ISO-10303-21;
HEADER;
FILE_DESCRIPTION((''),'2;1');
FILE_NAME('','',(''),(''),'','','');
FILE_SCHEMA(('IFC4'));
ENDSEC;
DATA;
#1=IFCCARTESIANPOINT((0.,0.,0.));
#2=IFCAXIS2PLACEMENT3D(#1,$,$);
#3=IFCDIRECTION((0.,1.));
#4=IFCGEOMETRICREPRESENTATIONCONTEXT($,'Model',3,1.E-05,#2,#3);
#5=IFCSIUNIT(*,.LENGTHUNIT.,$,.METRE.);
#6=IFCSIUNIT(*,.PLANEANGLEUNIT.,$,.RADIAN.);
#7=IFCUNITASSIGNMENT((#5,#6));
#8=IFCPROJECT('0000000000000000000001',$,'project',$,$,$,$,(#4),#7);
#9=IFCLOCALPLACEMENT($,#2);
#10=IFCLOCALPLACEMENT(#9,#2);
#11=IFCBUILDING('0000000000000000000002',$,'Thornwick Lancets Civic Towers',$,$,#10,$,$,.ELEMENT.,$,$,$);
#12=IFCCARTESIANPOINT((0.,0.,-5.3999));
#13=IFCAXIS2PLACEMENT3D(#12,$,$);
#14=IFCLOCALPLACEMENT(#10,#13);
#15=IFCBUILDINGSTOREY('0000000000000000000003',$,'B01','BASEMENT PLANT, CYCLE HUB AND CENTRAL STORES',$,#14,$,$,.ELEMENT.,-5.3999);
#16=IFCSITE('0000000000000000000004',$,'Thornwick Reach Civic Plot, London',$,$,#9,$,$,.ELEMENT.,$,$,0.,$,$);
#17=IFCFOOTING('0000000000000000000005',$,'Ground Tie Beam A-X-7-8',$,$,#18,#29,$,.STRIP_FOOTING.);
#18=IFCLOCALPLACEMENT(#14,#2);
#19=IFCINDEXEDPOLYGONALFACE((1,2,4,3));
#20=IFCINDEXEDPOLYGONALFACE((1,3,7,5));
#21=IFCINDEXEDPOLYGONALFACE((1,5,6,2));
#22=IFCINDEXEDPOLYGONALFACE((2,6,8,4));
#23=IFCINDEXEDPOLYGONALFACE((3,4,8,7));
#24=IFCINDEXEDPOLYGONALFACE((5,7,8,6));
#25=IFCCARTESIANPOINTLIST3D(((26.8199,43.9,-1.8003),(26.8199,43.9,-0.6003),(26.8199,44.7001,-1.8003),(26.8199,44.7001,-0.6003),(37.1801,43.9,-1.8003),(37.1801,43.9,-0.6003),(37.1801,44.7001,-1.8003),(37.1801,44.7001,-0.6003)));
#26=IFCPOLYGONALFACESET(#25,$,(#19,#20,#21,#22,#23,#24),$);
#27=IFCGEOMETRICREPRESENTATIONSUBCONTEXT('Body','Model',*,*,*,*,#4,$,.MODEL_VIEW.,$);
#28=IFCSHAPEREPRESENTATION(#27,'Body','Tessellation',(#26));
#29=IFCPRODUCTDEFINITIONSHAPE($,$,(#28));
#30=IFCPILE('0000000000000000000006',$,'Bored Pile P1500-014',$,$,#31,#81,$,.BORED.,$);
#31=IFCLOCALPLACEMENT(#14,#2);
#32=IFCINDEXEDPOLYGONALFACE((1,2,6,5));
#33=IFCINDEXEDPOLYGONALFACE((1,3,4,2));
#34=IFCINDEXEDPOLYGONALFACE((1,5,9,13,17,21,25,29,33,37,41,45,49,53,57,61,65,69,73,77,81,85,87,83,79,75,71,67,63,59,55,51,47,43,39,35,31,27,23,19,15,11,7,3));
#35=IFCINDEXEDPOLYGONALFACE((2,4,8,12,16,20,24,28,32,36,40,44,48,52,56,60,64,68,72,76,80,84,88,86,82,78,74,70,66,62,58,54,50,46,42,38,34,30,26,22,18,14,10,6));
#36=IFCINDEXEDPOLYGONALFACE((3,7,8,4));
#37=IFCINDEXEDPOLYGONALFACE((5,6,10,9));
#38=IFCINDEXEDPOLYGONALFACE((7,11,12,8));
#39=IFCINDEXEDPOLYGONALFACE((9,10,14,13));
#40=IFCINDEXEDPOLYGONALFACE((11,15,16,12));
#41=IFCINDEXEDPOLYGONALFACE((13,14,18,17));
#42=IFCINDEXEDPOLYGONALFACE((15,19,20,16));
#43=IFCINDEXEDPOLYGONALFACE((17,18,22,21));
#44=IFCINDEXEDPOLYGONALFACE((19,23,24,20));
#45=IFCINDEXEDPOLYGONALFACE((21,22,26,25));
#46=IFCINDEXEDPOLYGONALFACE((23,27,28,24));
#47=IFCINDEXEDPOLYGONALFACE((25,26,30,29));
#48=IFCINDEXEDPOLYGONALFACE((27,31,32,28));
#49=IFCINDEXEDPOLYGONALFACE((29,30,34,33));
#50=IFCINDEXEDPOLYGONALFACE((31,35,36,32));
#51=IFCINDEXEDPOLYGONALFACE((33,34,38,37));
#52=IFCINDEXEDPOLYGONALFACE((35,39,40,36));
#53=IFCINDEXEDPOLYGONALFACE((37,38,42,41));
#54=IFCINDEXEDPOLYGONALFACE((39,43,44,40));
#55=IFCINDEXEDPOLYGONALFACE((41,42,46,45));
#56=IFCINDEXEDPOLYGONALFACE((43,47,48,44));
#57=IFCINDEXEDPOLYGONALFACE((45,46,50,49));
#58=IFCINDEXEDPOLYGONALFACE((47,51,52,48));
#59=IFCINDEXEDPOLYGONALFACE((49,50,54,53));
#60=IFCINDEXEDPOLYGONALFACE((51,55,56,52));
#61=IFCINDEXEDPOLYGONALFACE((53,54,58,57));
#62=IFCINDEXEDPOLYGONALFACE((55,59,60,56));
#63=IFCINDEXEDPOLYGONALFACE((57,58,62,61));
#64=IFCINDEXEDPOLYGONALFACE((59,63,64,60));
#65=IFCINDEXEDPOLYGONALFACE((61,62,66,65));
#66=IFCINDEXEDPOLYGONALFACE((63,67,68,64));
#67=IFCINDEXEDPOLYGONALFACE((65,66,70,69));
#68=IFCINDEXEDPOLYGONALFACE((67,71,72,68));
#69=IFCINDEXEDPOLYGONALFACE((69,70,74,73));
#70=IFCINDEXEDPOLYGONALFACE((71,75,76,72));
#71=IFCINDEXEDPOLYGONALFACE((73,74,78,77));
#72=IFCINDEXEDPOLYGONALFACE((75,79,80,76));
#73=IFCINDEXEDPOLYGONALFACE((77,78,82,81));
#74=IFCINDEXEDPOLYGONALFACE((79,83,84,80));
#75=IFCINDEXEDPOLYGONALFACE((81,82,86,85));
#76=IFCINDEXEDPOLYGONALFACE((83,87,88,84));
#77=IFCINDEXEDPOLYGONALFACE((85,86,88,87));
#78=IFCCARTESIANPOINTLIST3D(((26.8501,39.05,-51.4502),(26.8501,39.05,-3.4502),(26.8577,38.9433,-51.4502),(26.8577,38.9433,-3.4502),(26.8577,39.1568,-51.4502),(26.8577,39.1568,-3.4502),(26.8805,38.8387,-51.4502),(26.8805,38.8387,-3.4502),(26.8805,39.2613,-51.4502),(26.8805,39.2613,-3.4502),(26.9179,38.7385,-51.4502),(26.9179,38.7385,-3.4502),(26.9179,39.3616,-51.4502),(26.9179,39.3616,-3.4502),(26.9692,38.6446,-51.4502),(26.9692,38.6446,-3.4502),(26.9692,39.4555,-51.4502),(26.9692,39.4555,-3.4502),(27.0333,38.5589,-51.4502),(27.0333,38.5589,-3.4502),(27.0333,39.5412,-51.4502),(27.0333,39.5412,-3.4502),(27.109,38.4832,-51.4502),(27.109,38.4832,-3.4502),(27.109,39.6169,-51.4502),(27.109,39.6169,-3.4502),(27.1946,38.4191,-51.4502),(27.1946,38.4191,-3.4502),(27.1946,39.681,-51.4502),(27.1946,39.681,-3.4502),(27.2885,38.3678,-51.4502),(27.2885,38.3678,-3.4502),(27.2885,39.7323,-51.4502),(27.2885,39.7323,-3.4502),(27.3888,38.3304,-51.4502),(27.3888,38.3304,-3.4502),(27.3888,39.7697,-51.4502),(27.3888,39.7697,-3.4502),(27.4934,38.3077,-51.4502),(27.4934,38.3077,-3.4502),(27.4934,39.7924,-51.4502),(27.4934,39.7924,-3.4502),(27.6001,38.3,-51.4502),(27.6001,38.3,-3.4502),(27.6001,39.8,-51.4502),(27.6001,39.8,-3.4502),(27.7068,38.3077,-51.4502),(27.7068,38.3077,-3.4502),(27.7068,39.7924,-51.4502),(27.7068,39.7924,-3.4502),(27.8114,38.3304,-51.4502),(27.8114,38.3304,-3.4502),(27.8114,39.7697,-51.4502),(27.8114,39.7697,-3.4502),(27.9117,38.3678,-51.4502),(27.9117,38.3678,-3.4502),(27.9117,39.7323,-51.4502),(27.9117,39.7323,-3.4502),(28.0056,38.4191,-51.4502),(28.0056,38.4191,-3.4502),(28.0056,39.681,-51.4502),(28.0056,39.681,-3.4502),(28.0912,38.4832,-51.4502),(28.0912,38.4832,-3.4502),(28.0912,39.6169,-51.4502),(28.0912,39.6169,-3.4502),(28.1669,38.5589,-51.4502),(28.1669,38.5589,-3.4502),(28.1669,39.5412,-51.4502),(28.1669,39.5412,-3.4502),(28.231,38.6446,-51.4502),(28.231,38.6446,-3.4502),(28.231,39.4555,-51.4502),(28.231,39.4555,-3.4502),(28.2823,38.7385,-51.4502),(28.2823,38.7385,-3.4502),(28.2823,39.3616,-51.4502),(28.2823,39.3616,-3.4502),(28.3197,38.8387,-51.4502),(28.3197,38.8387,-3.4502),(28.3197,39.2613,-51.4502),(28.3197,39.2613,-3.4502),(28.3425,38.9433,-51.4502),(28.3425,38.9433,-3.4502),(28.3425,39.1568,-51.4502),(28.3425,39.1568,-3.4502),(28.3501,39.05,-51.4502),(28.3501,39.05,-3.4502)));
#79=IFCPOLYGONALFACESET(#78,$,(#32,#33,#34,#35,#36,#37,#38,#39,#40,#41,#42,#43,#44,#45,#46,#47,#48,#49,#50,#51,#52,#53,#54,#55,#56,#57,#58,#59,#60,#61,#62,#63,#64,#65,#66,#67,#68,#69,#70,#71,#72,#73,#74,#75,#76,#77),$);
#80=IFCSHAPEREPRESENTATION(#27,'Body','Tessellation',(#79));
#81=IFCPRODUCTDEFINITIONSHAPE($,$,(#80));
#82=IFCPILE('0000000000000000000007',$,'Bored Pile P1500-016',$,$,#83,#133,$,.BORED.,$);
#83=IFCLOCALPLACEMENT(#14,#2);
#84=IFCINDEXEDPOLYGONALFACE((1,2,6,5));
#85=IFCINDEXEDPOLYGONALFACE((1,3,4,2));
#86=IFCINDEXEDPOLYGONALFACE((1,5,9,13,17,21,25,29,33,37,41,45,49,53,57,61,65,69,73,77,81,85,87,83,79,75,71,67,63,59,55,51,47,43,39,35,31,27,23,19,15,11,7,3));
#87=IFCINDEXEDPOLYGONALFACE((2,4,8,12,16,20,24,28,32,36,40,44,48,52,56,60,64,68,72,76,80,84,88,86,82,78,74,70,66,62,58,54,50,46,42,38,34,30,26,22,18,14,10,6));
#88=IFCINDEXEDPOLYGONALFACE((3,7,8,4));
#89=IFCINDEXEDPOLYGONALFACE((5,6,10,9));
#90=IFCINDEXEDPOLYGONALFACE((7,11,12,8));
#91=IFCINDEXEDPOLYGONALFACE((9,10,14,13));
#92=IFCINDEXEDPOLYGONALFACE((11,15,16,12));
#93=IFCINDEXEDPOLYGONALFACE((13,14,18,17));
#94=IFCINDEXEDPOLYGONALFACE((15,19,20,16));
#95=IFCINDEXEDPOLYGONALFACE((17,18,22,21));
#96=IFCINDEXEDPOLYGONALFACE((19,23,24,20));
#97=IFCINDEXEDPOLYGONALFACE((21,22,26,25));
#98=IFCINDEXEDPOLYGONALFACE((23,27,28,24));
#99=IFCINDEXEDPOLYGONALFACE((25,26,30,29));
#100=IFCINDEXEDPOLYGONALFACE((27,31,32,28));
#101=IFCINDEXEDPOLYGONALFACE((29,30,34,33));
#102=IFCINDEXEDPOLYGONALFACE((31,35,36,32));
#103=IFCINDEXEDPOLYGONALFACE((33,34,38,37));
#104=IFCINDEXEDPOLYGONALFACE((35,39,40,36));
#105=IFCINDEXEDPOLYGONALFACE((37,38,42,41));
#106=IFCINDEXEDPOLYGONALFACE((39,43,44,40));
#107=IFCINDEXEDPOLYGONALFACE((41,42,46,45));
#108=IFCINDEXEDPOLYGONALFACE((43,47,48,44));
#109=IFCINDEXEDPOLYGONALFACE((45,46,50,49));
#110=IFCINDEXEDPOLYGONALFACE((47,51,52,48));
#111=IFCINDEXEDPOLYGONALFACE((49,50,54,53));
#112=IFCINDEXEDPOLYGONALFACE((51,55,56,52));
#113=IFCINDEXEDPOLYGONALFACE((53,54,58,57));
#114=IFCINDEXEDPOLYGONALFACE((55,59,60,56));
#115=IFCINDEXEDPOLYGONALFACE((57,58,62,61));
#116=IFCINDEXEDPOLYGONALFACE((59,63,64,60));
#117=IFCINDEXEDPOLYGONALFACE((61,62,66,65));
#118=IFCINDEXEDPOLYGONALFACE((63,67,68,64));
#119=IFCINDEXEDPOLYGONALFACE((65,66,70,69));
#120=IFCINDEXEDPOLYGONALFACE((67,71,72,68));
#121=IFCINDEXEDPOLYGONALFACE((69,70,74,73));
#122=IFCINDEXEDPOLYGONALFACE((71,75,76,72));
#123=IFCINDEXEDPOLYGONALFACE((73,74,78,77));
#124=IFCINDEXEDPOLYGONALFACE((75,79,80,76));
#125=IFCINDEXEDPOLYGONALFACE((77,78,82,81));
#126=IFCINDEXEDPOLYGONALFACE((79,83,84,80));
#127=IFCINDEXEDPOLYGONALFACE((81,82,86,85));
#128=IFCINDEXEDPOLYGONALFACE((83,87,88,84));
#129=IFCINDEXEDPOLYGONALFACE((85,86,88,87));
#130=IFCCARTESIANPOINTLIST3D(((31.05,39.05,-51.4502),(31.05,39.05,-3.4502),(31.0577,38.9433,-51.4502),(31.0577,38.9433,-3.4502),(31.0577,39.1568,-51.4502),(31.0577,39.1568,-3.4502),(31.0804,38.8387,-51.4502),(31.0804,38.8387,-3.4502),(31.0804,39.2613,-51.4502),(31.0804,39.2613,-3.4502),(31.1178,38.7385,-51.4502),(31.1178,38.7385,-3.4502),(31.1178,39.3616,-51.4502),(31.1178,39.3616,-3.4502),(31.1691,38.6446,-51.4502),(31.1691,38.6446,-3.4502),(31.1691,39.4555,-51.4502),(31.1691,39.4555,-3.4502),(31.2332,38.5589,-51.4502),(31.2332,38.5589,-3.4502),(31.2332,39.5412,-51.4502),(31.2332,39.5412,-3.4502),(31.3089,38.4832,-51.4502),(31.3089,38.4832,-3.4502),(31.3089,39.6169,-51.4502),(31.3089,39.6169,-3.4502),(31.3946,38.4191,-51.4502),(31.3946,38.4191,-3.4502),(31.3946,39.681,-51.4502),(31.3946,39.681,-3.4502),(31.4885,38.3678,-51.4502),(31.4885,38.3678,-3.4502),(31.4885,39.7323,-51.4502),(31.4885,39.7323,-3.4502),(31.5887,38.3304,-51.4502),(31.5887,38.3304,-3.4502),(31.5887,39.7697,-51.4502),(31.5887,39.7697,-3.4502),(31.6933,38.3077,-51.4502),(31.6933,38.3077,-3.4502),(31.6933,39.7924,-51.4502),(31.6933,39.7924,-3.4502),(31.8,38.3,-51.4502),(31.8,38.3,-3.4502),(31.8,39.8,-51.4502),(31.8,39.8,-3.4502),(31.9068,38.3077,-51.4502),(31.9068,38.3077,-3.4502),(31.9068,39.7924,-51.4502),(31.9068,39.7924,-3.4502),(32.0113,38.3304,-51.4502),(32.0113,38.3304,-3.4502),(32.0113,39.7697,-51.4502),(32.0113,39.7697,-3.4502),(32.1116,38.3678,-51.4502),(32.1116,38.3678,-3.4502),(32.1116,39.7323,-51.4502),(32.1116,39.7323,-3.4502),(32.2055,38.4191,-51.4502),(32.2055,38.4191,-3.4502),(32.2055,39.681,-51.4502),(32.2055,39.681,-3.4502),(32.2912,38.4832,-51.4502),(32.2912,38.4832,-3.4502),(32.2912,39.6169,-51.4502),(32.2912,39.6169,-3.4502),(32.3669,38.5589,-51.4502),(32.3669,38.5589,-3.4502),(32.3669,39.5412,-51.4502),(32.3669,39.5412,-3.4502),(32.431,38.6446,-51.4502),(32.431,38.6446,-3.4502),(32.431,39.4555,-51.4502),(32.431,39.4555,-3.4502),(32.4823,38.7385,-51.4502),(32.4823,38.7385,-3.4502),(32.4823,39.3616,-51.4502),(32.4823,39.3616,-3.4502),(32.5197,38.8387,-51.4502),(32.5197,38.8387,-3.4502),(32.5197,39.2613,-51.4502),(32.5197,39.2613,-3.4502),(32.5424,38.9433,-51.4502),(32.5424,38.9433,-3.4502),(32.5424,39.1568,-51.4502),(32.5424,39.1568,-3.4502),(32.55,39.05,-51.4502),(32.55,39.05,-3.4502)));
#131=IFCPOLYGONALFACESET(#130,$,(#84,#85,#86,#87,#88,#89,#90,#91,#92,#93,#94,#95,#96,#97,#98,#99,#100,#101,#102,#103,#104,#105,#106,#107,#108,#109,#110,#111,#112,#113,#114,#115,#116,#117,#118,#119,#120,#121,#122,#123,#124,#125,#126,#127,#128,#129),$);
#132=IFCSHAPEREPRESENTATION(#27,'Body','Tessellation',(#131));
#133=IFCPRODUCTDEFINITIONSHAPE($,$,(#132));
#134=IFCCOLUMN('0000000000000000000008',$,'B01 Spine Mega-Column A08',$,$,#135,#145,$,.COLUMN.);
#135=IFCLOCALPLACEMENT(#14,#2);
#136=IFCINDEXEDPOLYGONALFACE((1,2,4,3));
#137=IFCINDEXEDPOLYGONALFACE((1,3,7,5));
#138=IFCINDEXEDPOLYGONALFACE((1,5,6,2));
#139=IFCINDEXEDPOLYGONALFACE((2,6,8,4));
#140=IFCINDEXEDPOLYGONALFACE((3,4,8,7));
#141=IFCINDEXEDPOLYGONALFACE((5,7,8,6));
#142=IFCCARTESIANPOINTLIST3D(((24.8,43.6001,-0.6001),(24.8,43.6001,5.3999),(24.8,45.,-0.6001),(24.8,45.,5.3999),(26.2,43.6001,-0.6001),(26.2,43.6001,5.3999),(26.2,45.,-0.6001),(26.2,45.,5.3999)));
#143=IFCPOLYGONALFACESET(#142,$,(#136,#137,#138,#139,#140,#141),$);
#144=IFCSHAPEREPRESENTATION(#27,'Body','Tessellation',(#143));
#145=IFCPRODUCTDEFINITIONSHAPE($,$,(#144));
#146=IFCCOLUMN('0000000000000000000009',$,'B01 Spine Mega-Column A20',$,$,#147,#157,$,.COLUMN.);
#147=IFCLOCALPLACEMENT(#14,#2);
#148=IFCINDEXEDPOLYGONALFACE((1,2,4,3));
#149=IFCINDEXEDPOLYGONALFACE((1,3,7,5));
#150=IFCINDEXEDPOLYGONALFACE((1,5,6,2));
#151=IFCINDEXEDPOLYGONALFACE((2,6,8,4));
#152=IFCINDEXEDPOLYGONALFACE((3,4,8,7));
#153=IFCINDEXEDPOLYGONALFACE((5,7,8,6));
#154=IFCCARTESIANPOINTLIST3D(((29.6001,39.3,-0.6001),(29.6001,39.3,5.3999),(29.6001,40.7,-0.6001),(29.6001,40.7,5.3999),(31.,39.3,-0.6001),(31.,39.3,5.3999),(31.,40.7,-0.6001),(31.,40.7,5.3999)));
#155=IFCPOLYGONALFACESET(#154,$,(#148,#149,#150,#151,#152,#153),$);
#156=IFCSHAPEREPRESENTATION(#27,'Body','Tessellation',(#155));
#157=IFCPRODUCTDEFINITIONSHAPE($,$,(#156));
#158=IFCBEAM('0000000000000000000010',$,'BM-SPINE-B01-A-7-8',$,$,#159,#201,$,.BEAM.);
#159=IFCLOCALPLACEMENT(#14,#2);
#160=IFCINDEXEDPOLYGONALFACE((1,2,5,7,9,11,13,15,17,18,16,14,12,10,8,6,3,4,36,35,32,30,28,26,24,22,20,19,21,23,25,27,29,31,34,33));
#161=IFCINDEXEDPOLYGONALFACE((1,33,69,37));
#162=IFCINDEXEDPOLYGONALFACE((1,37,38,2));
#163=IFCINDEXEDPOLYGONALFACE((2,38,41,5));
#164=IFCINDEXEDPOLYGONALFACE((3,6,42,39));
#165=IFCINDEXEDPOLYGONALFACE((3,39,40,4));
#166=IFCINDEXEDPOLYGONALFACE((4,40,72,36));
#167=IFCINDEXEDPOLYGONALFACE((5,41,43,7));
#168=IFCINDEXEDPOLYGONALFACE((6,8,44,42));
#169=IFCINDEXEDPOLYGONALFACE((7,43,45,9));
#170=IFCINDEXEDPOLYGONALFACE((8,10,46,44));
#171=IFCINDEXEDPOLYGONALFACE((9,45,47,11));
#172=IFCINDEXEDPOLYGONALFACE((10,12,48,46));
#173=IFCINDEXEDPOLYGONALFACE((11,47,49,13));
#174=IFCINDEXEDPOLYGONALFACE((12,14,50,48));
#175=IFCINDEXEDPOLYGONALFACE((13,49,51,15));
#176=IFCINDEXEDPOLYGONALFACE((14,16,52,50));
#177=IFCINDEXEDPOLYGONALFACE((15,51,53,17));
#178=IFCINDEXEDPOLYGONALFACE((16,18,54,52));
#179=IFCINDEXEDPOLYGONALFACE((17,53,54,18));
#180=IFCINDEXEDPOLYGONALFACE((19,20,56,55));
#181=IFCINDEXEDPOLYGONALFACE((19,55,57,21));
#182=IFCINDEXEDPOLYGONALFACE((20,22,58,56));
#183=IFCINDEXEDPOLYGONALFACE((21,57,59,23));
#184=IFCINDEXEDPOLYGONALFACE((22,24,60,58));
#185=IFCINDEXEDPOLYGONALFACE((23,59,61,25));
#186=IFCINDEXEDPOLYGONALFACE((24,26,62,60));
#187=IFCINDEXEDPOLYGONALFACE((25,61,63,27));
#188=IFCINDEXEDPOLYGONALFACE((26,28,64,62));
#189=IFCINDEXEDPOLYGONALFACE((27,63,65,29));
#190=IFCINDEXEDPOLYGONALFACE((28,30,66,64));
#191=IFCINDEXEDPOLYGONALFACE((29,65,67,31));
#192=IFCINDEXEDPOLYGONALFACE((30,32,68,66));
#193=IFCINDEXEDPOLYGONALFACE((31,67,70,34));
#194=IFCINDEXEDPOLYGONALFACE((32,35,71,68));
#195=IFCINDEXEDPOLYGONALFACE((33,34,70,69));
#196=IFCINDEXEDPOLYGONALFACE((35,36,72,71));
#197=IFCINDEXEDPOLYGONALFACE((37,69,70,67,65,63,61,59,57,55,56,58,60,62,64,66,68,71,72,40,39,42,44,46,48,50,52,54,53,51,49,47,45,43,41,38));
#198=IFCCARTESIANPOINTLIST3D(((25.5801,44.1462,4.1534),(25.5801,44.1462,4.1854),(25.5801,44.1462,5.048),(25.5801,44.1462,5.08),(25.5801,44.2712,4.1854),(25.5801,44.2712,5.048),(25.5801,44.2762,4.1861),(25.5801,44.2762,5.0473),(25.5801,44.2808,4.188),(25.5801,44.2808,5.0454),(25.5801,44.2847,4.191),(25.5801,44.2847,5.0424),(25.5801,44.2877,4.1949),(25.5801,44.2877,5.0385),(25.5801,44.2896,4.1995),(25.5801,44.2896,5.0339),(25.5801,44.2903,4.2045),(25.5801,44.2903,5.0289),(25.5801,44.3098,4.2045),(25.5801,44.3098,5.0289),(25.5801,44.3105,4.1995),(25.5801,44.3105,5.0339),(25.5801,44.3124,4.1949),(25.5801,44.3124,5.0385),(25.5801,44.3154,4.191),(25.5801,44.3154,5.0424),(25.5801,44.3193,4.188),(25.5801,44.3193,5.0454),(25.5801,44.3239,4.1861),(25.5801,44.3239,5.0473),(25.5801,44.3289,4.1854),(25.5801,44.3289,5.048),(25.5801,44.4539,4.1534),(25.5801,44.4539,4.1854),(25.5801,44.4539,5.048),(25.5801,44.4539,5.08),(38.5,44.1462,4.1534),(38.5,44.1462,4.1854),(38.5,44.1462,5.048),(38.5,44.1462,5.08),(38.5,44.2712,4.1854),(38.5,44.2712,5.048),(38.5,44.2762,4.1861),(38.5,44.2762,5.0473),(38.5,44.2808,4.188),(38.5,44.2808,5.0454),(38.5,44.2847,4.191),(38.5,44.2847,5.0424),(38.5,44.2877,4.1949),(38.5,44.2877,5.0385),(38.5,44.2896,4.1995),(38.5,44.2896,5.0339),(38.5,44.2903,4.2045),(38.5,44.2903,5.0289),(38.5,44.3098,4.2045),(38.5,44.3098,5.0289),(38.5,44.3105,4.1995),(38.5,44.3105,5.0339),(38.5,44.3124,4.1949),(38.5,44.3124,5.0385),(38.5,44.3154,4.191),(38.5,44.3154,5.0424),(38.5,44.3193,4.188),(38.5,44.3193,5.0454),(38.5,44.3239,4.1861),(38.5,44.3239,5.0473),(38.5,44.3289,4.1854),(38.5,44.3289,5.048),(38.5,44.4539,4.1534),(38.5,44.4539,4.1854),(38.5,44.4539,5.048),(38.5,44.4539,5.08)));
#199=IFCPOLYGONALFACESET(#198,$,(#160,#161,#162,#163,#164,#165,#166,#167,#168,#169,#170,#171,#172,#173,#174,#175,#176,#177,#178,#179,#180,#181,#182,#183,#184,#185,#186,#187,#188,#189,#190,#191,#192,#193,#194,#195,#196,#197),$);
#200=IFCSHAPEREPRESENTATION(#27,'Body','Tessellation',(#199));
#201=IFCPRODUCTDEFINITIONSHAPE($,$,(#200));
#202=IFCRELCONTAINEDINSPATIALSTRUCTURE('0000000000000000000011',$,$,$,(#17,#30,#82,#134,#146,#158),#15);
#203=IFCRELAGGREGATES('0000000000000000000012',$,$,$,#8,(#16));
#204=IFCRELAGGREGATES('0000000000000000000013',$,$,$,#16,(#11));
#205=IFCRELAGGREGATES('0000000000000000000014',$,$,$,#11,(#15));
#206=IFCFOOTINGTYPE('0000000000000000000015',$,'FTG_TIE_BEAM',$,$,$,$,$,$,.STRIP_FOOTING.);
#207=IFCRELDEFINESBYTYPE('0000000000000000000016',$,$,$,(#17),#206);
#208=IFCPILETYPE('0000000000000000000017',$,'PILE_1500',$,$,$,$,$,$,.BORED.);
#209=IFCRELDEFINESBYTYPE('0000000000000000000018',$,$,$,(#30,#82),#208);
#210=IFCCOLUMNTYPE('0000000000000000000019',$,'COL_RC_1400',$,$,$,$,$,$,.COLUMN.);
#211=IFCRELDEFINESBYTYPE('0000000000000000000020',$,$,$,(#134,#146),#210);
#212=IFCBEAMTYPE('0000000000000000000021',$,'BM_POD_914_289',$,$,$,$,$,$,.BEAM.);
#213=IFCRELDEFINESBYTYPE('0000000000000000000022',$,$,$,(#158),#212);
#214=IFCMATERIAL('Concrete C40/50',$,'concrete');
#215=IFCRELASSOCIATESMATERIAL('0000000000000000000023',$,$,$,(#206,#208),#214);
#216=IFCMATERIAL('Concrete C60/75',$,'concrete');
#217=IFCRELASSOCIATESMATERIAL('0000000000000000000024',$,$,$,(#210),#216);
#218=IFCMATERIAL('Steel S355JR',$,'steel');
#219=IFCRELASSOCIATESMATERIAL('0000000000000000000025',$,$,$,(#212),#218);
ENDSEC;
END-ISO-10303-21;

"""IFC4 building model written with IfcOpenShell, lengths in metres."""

from ifc_helpers import new_model, si_unit, direction, frame, origin, origin_2d, place, context, subcontext, project, spatial, rectangle, circle, i_section, extrude, material, material_profile, profile_set, type_object, element, save


model = new_model("IFC4")

# Units and contexts
model_context = context("Model", 3, precision=1e-05, world=origin(), true_north=direction((0.0, 1.0)))
body_context = subcontext(model_context, "Body", "Model", "MODEL_VIEW")
ifc_project = project(units=[si_unit("LENGTHUNIT", "METRE"), si_unit("PLANEANGLEUNIT", "RADIAN")], contexts=[model_context])

# Site, building, storey
site_placement = place(None, origin())
site = spatial("IfcSite", under=ifc_project, at=site_placement, Name="Thornwick Reach Civic Plot, London", CompositionType="ELEMENT", RefElevation=0.0)
building_placement = place(site_placement, origin())
building = spatial("IfcBuilding", under=site, at=building_placement, Name="Thornwick Lancets Civic Towers", CompositionType="ELEMENT")
storey_placement = place(building_placement, frame((0.0, 0.0, -5.3999)))
storey = spatial("IfcBuildingStorey", under=building, at=storey_placement, Name="B01", Description="BASEMENT PLANT, CYCLE HUB AND CENTRAL STORES", CompositionType="ELEMENT", Elevation=-5.3999)

# Footing
ifc_material_1 = material(Name="Concrete C40/50", Category="concrete")
footing_type = type_object("IfcFootingType", Name="FTG_TIE_BEAM", PredefinedType="STRIP_FOOTING", material=ifc_material_1)
footing_placement = place(storey_placement, frame((32.0, 44.3, -1.8003), z_axis=(0.0, 0.0, 1.0), x_axis=(1.0, 0.0, 0.0)))
element("IfcFooting", 1, at=footing_placement, inside=storey, type_object=footing_type, Name="Ground Tie Beam A-X-7-8", PredefinedType="STRIP_FOOTING", context=body_context, shape_type="SweptSolid", body=[
    extrude(rectangle(XDim=10.3601, YDim=0.8, at=origin_2d()), origin(), (0.0, 0.0, 1.0), 1.2),
])

# Piles
ifc_material_profile_1 = material_profile(ifc_material_1, circle(Radius=0.75, at=origin_2d()), Name="PILE D1500")
ifc_profile_set_1 = profile_set([ifc_material_profile_1], Name="Concrete C40/50")
pile_type = type_object("IfcPileType", Name="PILE_1500", PredefinedType="BORED", material=ifc_profile_set_1)
for number, where, z_axis, x_axis, name in (
    (2, (27.6001, 39.05, -3.4502), (0.0, 0.0, -1.0), (1.0, 0.0, 0.0), "Bored Pile P1500-014"),
    (3, (31.8, 39.05, -3.4502), (0.0, 0.0, -1.0), (1.0, 0.0, 0.0), "Bored Pile P1500-016"),
):
    element("IfcPile", number, at=place(storey_placement, frame(where, z_axis=z_axis, x_axis=x_axis)), inside=storey, type_object=pile_type, Name=name, PredefinedType="BORED", context=body_context, shape_type="SweptSolid", body=[
        extrude(circle(Radius=0.75, at=origin_2d()), origin(), (0.0, 0.0, 1.0), 48.0),
    ])

# Columns
ifc_material_2 = material(Name="Concrete C60/75", Category="concrete")
ifc_material_profile_2 = material_profile(ifc_material_2, rectangle(XDim=1.3999, YDim=1.3999, at=origin_2d()), Name="RC 1400x1400")
ifc_profile_set_2 = profile_set([ifc_material_profile_2], Name="Concrete C60/75")
column_type = type_object("IfcColumnType", Name="COL_RC_1400", PredefinedType="COLUMN", material=ifc_profile_set_2)
for number, where, z_axis, x_axis, name in (
    (4, (25.5, 44.3, -0.6001), (0.0, 0.0, 1.0), (1.0, 0.0, 0.0), "B01 Spine Mega-Column A08"),
    (5, (30.3, 40.0, -0.6001), (0.0, 0.0, 1.0), (1.0, 0.0, 0.0), "B01 Spine Mega-Column A20"),
):
    element("IfcColumn", number, at=place(storey_placement, frame(where, z_axis=z_axis, x_axis=x_axis)), inside=storey, type_object=column_type, Name=name, PredefinedType="COLUMN", context=body_context, shape_type="SweptSolid", body=[
        extrude(rectangle(XDim=1.3999, YDim=1.3999, at=origin_2d()), origin(), (0.0, 0.0, 1.0), 6.0),
    ])

# Beam
ifc_material_3 = material(Name="Steel S355JR", Category="steel")
ifc_material_profile_3 = material_profile(ifc_material_3, i_section(OverallWidth=0.3076, OverallDepth=0.9265, WebThickness=0.0195, FlangeThickness=0.032, FilletRadius=0.019, at=origin_2d()), Name="UKB 914x305x289")
ifc_profile_set_3 = profile_set([ifc_material_profile_3], Name="Steel S355JR")
beam_type_1 = type_object("IfcBeamType", Name="BM_POD_914_289", PredefinedType="BEAM", material=ifc_profile_set_3)
beam_1_placement = place(storey_placement, frame((25.5801, 44.3, 4.6167), z_axis=(1.0, 0.0, 0.0), x_axis=(0.0, 1.0, 0.0)))
element("IfcBeam", 6, at=beam_1_placement, inside=storey, type_object=beam_type_1, Name="BM-SPINE-B01-A-7-8", PredefinedType="BEAM", context=body_context, shape_type="SweptSolid", body=[
    extrude(i_section(OverallWidth=0.3076, OverallDepth=0.9265, WebThickness=0.0195, FlangeThickness=0.032, FilletRadius=0.019, at=origin_2d()), origin(), (0.0, 0.0, 1.0), 12.9199),
])

save(model, "model.ifc")
